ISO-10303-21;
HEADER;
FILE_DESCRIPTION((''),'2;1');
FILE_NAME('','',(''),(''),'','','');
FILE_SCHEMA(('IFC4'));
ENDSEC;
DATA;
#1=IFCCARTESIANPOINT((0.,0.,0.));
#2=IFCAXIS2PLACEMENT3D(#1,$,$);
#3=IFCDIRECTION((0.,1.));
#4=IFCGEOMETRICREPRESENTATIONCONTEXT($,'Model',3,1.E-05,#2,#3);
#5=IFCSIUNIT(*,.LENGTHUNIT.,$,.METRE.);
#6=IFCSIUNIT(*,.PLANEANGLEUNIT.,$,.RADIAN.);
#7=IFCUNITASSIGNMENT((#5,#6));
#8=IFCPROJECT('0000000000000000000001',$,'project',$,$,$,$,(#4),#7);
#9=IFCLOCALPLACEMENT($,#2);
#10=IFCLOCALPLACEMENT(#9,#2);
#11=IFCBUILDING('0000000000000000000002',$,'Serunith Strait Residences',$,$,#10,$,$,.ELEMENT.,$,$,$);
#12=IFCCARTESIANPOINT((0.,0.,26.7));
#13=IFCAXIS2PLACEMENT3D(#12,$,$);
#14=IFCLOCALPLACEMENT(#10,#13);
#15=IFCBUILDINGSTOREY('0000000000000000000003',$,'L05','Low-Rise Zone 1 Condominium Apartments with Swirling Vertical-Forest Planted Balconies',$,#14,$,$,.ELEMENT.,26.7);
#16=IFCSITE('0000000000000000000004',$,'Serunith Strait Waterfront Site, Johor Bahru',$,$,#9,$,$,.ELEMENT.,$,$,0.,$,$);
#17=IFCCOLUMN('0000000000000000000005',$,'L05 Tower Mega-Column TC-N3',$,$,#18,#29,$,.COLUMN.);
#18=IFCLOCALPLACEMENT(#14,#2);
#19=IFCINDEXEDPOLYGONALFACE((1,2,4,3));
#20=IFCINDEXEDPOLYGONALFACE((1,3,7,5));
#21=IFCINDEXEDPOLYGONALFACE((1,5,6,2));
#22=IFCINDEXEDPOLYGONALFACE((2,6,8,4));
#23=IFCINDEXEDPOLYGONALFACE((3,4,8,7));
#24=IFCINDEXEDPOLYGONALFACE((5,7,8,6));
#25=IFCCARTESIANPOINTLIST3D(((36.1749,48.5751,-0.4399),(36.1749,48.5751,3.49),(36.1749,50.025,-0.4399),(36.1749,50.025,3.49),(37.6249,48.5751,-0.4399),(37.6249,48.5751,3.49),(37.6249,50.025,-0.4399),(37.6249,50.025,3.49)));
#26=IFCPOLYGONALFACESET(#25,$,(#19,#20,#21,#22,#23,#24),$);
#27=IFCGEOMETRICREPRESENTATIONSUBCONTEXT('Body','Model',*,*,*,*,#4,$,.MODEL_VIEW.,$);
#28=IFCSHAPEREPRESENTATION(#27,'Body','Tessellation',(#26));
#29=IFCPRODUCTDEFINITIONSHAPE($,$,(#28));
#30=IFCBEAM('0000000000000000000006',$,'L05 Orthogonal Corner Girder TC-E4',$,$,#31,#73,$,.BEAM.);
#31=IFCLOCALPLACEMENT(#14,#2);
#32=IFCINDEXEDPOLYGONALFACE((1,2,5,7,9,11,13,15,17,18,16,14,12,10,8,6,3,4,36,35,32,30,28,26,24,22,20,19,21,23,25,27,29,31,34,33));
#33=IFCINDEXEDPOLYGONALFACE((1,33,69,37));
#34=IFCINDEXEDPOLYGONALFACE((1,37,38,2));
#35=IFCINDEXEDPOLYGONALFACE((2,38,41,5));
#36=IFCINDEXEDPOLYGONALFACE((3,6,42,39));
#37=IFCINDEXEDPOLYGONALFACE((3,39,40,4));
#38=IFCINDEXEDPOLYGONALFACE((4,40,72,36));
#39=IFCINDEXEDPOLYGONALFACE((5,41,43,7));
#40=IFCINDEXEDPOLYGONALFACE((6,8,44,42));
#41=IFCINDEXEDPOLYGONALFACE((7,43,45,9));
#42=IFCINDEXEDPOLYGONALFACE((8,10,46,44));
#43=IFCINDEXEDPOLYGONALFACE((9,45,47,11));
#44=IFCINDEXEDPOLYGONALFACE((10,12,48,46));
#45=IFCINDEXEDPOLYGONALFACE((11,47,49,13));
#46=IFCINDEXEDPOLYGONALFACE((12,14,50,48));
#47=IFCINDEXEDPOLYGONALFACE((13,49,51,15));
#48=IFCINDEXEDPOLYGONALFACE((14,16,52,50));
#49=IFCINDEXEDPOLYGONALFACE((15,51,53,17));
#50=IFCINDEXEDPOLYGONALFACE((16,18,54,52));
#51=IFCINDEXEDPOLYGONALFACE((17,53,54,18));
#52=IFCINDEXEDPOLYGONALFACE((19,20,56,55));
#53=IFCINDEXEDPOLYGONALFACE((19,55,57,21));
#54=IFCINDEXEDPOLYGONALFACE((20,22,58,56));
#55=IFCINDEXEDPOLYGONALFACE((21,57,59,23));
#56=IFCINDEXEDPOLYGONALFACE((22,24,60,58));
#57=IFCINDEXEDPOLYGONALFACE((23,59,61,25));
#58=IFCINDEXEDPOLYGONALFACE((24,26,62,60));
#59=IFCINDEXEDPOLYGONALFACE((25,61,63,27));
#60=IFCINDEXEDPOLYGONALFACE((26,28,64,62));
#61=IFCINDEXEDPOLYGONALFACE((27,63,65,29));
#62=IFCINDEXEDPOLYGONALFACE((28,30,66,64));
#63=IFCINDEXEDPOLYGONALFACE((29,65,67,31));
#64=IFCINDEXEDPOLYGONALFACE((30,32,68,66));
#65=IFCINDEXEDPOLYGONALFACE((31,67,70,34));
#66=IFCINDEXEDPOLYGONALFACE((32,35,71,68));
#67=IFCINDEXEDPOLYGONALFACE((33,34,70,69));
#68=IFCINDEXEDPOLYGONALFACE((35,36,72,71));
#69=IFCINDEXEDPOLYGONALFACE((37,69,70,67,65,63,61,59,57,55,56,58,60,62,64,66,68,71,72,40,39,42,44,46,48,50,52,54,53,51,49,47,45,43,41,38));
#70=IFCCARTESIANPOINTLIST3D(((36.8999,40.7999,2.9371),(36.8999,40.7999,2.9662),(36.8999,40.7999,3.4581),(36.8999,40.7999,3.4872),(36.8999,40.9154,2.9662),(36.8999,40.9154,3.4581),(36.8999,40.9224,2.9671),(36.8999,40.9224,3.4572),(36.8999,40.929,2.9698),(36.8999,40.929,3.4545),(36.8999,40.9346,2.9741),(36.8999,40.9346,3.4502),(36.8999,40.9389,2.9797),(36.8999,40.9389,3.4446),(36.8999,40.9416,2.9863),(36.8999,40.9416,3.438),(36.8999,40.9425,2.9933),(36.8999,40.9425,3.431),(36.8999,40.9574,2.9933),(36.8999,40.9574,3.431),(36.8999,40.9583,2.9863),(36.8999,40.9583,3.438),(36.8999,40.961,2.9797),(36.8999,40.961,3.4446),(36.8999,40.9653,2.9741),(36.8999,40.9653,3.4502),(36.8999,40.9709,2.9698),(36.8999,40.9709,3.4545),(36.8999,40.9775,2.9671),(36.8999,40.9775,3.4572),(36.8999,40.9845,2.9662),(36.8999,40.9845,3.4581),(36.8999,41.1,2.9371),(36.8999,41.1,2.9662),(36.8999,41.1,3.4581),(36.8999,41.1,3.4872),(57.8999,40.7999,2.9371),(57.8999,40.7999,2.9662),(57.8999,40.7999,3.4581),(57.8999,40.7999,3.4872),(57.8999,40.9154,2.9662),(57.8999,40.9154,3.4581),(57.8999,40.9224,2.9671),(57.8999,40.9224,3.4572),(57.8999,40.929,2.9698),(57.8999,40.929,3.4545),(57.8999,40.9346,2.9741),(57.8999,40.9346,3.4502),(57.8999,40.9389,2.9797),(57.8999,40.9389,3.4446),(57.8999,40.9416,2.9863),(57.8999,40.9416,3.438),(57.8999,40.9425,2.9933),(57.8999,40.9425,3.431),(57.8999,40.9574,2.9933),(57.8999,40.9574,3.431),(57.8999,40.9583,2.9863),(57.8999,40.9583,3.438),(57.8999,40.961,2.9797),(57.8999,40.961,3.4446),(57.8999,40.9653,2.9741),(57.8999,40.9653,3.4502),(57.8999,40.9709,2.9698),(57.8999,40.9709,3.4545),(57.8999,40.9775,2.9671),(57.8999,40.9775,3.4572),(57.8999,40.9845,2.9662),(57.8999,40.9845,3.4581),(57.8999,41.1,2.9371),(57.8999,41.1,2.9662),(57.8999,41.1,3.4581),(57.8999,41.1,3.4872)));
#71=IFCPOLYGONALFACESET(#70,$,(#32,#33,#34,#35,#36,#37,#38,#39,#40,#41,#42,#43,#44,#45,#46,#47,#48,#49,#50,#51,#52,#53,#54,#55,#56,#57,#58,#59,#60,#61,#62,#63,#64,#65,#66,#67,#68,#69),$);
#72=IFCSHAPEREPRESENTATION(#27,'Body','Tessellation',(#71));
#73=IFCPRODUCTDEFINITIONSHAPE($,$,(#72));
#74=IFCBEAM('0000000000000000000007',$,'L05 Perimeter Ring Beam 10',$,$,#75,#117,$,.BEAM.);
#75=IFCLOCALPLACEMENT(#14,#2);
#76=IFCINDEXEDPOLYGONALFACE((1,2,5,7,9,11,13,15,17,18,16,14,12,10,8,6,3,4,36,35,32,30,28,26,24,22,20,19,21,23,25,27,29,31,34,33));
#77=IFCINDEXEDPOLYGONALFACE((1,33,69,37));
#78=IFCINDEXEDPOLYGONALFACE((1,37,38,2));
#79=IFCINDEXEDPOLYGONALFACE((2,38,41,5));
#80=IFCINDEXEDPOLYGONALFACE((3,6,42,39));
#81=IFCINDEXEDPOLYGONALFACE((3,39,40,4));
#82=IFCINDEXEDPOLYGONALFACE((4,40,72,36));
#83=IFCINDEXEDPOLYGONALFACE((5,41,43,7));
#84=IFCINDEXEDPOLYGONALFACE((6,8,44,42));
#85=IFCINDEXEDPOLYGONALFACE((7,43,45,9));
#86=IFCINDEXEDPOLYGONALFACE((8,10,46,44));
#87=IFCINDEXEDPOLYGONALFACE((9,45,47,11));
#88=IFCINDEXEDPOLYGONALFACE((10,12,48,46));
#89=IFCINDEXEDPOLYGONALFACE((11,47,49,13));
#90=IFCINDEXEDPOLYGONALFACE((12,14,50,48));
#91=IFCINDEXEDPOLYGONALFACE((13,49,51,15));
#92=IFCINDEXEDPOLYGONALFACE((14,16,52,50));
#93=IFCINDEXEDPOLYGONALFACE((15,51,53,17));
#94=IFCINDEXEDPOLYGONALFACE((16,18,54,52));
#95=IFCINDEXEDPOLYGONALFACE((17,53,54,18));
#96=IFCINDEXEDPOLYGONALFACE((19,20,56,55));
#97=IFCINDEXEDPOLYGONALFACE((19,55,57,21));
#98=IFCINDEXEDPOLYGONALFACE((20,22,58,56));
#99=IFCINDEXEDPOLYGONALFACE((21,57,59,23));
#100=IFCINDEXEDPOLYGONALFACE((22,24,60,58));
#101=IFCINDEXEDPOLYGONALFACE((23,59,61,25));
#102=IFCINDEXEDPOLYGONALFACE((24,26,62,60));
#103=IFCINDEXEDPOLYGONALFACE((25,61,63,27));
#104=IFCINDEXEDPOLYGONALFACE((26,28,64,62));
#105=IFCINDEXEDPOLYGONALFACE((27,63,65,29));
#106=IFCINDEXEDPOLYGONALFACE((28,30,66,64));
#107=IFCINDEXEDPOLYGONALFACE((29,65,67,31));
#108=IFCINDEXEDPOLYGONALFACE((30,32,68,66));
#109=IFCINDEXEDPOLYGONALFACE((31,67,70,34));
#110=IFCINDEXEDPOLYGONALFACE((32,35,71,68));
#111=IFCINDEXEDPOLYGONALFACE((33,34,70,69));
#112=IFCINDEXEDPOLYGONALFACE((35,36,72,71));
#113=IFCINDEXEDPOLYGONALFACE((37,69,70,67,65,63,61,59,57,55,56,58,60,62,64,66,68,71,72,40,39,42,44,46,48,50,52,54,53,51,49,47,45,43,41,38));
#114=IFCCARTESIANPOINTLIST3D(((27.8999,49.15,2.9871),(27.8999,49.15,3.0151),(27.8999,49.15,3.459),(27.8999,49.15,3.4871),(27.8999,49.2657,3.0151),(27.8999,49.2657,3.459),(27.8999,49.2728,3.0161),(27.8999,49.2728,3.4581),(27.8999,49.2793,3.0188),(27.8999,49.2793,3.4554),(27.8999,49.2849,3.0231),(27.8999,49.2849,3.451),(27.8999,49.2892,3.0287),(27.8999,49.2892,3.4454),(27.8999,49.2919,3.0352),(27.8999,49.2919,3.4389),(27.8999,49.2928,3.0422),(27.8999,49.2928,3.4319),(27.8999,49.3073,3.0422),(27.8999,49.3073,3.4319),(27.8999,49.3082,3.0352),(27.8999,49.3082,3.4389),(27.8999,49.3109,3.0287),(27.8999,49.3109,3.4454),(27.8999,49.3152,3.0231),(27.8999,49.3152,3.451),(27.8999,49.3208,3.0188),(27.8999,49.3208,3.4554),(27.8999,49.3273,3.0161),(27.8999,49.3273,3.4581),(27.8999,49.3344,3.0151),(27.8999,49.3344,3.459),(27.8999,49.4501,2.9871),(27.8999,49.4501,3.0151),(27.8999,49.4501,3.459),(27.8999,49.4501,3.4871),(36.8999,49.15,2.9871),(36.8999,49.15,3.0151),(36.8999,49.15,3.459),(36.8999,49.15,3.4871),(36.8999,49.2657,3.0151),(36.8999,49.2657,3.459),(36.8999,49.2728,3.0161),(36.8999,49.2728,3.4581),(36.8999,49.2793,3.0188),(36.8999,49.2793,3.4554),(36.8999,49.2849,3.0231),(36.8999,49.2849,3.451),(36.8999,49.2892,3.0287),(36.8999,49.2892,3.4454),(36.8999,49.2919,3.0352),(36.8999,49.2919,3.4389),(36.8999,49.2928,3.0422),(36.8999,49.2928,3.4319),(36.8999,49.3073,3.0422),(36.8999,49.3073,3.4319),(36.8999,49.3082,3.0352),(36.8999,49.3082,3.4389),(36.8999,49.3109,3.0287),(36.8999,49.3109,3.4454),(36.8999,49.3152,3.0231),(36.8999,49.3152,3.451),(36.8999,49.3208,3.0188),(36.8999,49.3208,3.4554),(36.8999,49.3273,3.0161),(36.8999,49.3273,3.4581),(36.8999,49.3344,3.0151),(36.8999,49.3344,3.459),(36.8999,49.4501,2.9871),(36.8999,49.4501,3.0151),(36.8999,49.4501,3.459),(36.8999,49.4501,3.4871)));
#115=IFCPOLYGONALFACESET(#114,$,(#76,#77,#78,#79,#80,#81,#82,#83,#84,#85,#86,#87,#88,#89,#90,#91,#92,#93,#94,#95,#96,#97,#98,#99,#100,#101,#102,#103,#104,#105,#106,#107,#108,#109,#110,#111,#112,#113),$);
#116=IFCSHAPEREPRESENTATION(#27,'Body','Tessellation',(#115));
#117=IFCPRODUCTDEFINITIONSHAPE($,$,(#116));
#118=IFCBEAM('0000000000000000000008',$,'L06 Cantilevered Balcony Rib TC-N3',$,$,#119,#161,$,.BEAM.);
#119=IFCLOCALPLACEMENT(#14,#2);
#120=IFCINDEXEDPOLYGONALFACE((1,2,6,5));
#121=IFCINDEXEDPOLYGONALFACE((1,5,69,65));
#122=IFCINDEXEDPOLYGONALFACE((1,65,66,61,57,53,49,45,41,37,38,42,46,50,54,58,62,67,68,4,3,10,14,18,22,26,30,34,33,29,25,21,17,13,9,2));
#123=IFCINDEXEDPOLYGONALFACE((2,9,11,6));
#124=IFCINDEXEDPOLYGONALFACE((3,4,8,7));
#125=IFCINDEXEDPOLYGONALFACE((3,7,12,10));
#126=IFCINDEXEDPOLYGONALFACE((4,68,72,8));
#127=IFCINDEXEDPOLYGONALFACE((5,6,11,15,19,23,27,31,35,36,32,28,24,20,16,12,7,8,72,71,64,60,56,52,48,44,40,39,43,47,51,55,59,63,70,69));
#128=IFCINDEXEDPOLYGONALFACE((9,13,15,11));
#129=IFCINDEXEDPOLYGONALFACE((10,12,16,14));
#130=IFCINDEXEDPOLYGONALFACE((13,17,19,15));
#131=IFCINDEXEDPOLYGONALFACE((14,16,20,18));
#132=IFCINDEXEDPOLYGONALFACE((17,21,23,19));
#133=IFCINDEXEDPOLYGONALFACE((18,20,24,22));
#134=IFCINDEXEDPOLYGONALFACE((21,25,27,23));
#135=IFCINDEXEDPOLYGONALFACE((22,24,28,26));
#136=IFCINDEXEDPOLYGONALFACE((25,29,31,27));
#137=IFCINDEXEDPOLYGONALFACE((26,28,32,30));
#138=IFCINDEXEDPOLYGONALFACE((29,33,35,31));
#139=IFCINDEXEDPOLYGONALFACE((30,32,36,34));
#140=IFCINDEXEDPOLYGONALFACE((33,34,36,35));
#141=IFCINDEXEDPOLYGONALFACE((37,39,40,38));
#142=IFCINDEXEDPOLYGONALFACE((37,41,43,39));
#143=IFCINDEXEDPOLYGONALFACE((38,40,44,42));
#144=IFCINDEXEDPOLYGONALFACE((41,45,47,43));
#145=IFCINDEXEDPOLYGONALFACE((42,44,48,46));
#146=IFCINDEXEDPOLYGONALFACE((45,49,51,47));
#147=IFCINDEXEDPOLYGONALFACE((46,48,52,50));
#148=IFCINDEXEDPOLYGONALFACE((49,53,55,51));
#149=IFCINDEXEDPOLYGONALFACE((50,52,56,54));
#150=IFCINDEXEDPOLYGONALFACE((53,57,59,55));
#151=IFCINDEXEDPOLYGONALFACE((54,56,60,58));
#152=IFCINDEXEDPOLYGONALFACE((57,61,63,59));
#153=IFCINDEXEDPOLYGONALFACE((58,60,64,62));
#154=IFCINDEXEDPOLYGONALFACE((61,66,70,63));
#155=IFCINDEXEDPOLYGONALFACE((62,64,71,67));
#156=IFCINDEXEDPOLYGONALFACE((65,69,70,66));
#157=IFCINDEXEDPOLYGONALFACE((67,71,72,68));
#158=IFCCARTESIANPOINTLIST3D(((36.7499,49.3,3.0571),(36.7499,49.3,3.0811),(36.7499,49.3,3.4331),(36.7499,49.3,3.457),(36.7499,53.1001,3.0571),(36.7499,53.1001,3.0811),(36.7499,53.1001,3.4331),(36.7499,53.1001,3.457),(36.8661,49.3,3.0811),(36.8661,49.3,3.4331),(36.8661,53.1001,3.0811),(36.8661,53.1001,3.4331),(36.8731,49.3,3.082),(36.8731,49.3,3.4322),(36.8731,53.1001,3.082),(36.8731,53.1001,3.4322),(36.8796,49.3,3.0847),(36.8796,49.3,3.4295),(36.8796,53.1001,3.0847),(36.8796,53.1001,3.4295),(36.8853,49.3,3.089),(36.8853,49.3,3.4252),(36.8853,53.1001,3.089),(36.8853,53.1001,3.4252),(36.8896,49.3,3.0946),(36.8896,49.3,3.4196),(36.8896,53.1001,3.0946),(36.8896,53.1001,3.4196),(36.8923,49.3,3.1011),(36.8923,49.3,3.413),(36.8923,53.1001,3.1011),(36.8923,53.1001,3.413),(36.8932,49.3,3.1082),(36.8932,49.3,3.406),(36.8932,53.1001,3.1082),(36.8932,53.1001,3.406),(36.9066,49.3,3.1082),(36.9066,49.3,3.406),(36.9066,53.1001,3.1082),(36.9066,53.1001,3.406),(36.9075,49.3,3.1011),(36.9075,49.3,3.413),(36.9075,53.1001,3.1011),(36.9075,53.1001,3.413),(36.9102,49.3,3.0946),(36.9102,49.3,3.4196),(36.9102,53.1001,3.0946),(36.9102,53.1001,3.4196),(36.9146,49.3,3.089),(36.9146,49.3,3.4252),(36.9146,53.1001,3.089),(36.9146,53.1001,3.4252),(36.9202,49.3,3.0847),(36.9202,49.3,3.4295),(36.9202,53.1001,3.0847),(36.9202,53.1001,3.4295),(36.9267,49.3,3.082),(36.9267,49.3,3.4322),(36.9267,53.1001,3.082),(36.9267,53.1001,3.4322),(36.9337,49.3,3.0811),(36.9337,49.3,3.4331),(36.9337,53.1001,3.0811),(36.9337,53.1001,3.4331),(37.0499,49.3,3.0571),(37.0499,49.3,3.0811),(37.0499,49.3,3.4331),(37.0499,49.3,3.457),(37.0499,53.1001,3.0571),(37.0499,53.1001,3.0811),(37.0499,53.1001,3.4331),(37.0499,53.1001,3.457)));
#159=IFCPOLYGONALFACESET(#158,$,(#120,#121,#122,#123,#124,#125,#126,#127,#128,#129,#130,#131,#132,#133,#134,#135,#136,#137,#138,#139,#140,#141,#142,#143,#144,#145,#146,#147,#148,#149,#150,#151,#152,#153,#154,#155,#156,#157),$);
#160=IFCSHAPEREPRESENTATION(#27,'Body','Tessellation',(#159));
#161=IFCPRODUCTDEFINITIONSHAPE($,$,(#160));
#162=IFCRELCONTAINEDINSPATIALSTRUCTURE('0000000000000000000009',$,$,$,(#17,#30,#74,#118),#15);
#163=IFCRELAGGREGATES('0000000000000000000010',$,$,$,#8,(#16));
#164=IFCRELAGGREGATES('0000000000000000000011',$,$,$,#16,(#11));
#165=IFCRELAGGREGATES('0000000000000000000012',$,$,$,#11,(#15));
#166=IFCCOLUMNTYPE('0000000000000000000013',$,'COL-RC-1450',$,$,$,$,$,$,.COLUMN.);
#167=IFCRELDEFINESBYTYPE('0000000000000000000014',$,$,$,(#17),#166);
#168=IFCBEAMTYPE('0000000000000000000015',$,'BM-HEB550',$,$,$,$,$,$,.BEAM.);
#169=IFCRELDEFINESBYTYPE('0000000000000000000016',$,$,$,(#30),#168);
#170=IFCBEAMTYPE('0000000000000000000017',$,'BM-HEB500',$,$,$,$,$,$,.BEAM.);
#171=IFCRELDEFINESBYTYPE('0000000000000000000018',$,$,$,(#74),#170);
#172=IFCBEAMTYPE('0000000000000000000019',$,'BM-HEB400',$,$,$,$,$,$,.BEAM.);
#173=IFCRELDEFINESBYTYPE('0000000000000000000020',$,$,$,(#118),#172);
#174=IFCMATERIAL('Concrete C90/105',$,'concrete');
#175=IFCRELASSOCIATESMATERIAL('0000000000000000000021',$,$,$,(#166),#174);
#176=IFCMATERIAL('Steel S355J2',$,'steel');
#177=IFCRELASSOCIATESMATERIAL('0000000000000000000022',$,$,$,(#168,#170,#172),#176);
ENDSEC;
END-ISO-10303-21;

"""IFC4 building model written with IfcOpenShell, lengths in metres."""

from ifc_helpers import new_model, si_unit, direction, frame, origin, origin_2d, place, context, subcontext, project, spatial, rectangle, i_section, extrude, source, transform, mapped, material, material_profile, profile_set, type_object, element, save


model = new_model("IFC4")

# Units and contexts
model_context = context("Model", 3, precision=1e-05, world=origin(), true_north=direction((0.0, 1.0)))
body_context = subcontext(model_context, "Body", "Model", "MODEL_VIEW")
ifc_project = project(units=[si_unit("LENGTHUNIT", "METRE"), si_unit("PLANEANGLEUNIT", "RADIAN")], contexts=[model_context])

# Site, building, storey
site_placement = place(None, origin())
site = spatial("IfcSite", under=ifc_project, at=site_placement, Name="Serunith Strait Waterfront Site, Johor Bahru", CompositionType="ELEMENT", RefElevation=0.0)
building_placement = place(site_placement, origin())
building = spatial("IfcBuilding", under=site, at=building_placement, Name="Serunith Strait Residences", CompositionType="ELEMENT")
storey_placement = place(building_placement, frame((0.0, 0.0, 26.7)))
storey = spatial("IfcBuildingStorey", under=building, at=storey_placement, Name="L05", Description="Low-Rise Zone 1 Condominium Apartments with Swirling Vertical-Forest Planted Balconies", CompositionType="ELEMENT", Elevation=26.7)

# Column
ifc_material_1 = material(Name="Concrete C90/105", Category="concrete")
ifc_material_profile_1 = material_profile(ifc_material_1, rectangle(XDim=1.45, YDim=1.45, at=origin_2d()), Name="RC 1450x1450")
ifc_profile_set_1 = profile_set([ifc_material_profile_1], Name="Concrete C90/105")
column_type = type_object("IfcColumnType", Name="COL-RC-1450", PredefinedType="COLUMN", material=ifc_profile_set_1)
shared_shape_1 = source(origin(), body_context, "Body", "SweptSolid", [
    extrude(rectangle(XDim=1.45, YDim=1.45, at=origin_2d()), origin(), (0.0, 0.0, 1.0), 3.9299),
])
column_placement = place(storey_placement, frame((36.8999, 49.3, -0.4399), z_axis=(0.0, 0.0, 1.0), x_axis=(1.0, 0.0, 0.0)))
element("IfcColumn", 1, at=column_placement, inside=storey, type_object=column_type, Name="L05 Tower Mega-Column TC-N3", PredefinedType="COLUMN", context=body_context, shape_type="MappedRepresentation", body=[
    mapped(shared_shape_1, transform((0.0, 0.0, 0.0), scale=1.0)),
])

# Beams
ifc_material_2 = material(Name="Steel S355J2", Category="steel")
ifc_material_profile_2 = material_profile(ifc_material_2, i_section(OverallWidth=0.3, OverallDepth=0.55, WebThickness=0.0149, FlangeThickness=0.0291, FilletRadius=0.0271, at=origin_2d()), Name="HEB 550")
ifc_profile_set_2 = profile_set([ifc_material_profile_2], Name="Steel S355J2")
beam_type_1 = type_object("IfcBeamType", Name="BM-HEB550", PredefinedType="BEAM", material=ifc_profile_set_2)
shared_shape_2 = source(origin(), body_context, "Body", "SweptSolid", [
    extrude(i_section(OverallWidth=0.3, OverallDepth=0.55, WebThickness=0.0149, FlangeThickness=0.0291, FilletRadius=0.0271, at=origin_2d()), origin(), (0.0, 0.0, 1.0), 21.0),
])
beam_1_placement = place(storey_placement, frame((36.8999, 40.95, 3.2122), z_axis=(1.0, 0.0, 0.0), x_axis=(0.0, 1.0, 0.0)))
element("IfcBeam", 2, at=beam_1_placement, inside=storey, type_object=beam_type_1, Name="L05 Orthogonal Corner Girder TC-E4", PredefinedType="BEAM", context=body_context, shape_type="MappedRepresentation", body=[
    mapped(shared_shape_2, transform((0.0, 0.0, 0.0), scale=1.0)),
])
ifc_material_profile_3 = material_profile(ifc_material_2, i_section(OverallWidth=0.3, OverallDepth=0.5, WebThickness=0.0144, FlangeThickness=0.0281, FilletRadius=0.0271, at=origin_2d()), Name="HEB 500")
ifc_profile_set_3 = profile_set([ifc_material_profile_3], Name="Steel S355J2")
beam_type_2 = type_object("IfcBeamType", Name="BM-HEB500", PredefinedType="BEAM", material=ifc_profile_set_3)
shared_shape_3 = source(origin(), body_context, "Body", "SweptSolid", [
    extrude(i_section(OverallWidth=0.3, OverallDepth=0.5, WebThickness=0.0144, FlangeThickness=0.0281, FilletRadius=0.0271, at=origin_2d()), origin(), (0.0, 0.0, 1.0), 9.0),
])
beam_2_placement = place(storey_placement, frame((36.8999, 49.3, 3.2371), z_axis=(-1.0, 0.0, 0.0), x_axis=(0.0, -1.0, 0.0)))
element("IfcBeam", 3, at=beam_2_placement, inside=storey, type_object=beam_type_2, Name="L05 Perimeter Ring Beam 10", PredefinedType="BEAM", context=body_context, shape_type="MappedRepresentation", body=[
    mapped(shared_shape_3, transform((0.0, 0.0, 0.0), scale=1.0)),
])
ifc_material_profile_4 = material_profile(ifc_material_2, i_section(OverallWidth=0.3, OverallDepth=0.3999, WebThickness=0.0134, FlangeThickness=0.0239, FilletRadius=0.0271, at=origin_2d()), Name="HEB 400")
ifc_profile_set_4 = profile_set([ifc_material_profile_4], Name="Steel S355J2")
beam_type_3 = type_object("IfcBeamType", Name="BM-HEB400", PredefinedType="BEAM", material=ifc_profile_set_4)
shared_shape_4 = source(origin(), body_context, "Body", "SweptSolid", [
    extrude(i_section(OverallWidth=0.3, OverallDepth=0.3999, WebThickness=0.0134, FlangeThickness=0.0239, FilletRadius=0.0271, at=origin_2d()), origin(), (0.0, 0.0, 1.0), 3.8),
])
beam_3_placement = place(storey_placement, frame((36.8999, 49.3, 3.2571), z_axis=(0.0, 1.0, 0.0), x_axis=(-1.0, 0.0, 0.0)))
element("IfcBeam", 4, at=beam_3_placement, inside=storey, type_object=beam_type_3, Name="L06 Cantilevered Balcony Rib TC-N3", PredefinedType="BEAM", context=body_context, shape_type="MappedRepresentation", body=[
    mapped(shared_shape_4, transform((0.0, 0.0, 0.0), scale=1.0)),
])

save(model, "model.ifc")
